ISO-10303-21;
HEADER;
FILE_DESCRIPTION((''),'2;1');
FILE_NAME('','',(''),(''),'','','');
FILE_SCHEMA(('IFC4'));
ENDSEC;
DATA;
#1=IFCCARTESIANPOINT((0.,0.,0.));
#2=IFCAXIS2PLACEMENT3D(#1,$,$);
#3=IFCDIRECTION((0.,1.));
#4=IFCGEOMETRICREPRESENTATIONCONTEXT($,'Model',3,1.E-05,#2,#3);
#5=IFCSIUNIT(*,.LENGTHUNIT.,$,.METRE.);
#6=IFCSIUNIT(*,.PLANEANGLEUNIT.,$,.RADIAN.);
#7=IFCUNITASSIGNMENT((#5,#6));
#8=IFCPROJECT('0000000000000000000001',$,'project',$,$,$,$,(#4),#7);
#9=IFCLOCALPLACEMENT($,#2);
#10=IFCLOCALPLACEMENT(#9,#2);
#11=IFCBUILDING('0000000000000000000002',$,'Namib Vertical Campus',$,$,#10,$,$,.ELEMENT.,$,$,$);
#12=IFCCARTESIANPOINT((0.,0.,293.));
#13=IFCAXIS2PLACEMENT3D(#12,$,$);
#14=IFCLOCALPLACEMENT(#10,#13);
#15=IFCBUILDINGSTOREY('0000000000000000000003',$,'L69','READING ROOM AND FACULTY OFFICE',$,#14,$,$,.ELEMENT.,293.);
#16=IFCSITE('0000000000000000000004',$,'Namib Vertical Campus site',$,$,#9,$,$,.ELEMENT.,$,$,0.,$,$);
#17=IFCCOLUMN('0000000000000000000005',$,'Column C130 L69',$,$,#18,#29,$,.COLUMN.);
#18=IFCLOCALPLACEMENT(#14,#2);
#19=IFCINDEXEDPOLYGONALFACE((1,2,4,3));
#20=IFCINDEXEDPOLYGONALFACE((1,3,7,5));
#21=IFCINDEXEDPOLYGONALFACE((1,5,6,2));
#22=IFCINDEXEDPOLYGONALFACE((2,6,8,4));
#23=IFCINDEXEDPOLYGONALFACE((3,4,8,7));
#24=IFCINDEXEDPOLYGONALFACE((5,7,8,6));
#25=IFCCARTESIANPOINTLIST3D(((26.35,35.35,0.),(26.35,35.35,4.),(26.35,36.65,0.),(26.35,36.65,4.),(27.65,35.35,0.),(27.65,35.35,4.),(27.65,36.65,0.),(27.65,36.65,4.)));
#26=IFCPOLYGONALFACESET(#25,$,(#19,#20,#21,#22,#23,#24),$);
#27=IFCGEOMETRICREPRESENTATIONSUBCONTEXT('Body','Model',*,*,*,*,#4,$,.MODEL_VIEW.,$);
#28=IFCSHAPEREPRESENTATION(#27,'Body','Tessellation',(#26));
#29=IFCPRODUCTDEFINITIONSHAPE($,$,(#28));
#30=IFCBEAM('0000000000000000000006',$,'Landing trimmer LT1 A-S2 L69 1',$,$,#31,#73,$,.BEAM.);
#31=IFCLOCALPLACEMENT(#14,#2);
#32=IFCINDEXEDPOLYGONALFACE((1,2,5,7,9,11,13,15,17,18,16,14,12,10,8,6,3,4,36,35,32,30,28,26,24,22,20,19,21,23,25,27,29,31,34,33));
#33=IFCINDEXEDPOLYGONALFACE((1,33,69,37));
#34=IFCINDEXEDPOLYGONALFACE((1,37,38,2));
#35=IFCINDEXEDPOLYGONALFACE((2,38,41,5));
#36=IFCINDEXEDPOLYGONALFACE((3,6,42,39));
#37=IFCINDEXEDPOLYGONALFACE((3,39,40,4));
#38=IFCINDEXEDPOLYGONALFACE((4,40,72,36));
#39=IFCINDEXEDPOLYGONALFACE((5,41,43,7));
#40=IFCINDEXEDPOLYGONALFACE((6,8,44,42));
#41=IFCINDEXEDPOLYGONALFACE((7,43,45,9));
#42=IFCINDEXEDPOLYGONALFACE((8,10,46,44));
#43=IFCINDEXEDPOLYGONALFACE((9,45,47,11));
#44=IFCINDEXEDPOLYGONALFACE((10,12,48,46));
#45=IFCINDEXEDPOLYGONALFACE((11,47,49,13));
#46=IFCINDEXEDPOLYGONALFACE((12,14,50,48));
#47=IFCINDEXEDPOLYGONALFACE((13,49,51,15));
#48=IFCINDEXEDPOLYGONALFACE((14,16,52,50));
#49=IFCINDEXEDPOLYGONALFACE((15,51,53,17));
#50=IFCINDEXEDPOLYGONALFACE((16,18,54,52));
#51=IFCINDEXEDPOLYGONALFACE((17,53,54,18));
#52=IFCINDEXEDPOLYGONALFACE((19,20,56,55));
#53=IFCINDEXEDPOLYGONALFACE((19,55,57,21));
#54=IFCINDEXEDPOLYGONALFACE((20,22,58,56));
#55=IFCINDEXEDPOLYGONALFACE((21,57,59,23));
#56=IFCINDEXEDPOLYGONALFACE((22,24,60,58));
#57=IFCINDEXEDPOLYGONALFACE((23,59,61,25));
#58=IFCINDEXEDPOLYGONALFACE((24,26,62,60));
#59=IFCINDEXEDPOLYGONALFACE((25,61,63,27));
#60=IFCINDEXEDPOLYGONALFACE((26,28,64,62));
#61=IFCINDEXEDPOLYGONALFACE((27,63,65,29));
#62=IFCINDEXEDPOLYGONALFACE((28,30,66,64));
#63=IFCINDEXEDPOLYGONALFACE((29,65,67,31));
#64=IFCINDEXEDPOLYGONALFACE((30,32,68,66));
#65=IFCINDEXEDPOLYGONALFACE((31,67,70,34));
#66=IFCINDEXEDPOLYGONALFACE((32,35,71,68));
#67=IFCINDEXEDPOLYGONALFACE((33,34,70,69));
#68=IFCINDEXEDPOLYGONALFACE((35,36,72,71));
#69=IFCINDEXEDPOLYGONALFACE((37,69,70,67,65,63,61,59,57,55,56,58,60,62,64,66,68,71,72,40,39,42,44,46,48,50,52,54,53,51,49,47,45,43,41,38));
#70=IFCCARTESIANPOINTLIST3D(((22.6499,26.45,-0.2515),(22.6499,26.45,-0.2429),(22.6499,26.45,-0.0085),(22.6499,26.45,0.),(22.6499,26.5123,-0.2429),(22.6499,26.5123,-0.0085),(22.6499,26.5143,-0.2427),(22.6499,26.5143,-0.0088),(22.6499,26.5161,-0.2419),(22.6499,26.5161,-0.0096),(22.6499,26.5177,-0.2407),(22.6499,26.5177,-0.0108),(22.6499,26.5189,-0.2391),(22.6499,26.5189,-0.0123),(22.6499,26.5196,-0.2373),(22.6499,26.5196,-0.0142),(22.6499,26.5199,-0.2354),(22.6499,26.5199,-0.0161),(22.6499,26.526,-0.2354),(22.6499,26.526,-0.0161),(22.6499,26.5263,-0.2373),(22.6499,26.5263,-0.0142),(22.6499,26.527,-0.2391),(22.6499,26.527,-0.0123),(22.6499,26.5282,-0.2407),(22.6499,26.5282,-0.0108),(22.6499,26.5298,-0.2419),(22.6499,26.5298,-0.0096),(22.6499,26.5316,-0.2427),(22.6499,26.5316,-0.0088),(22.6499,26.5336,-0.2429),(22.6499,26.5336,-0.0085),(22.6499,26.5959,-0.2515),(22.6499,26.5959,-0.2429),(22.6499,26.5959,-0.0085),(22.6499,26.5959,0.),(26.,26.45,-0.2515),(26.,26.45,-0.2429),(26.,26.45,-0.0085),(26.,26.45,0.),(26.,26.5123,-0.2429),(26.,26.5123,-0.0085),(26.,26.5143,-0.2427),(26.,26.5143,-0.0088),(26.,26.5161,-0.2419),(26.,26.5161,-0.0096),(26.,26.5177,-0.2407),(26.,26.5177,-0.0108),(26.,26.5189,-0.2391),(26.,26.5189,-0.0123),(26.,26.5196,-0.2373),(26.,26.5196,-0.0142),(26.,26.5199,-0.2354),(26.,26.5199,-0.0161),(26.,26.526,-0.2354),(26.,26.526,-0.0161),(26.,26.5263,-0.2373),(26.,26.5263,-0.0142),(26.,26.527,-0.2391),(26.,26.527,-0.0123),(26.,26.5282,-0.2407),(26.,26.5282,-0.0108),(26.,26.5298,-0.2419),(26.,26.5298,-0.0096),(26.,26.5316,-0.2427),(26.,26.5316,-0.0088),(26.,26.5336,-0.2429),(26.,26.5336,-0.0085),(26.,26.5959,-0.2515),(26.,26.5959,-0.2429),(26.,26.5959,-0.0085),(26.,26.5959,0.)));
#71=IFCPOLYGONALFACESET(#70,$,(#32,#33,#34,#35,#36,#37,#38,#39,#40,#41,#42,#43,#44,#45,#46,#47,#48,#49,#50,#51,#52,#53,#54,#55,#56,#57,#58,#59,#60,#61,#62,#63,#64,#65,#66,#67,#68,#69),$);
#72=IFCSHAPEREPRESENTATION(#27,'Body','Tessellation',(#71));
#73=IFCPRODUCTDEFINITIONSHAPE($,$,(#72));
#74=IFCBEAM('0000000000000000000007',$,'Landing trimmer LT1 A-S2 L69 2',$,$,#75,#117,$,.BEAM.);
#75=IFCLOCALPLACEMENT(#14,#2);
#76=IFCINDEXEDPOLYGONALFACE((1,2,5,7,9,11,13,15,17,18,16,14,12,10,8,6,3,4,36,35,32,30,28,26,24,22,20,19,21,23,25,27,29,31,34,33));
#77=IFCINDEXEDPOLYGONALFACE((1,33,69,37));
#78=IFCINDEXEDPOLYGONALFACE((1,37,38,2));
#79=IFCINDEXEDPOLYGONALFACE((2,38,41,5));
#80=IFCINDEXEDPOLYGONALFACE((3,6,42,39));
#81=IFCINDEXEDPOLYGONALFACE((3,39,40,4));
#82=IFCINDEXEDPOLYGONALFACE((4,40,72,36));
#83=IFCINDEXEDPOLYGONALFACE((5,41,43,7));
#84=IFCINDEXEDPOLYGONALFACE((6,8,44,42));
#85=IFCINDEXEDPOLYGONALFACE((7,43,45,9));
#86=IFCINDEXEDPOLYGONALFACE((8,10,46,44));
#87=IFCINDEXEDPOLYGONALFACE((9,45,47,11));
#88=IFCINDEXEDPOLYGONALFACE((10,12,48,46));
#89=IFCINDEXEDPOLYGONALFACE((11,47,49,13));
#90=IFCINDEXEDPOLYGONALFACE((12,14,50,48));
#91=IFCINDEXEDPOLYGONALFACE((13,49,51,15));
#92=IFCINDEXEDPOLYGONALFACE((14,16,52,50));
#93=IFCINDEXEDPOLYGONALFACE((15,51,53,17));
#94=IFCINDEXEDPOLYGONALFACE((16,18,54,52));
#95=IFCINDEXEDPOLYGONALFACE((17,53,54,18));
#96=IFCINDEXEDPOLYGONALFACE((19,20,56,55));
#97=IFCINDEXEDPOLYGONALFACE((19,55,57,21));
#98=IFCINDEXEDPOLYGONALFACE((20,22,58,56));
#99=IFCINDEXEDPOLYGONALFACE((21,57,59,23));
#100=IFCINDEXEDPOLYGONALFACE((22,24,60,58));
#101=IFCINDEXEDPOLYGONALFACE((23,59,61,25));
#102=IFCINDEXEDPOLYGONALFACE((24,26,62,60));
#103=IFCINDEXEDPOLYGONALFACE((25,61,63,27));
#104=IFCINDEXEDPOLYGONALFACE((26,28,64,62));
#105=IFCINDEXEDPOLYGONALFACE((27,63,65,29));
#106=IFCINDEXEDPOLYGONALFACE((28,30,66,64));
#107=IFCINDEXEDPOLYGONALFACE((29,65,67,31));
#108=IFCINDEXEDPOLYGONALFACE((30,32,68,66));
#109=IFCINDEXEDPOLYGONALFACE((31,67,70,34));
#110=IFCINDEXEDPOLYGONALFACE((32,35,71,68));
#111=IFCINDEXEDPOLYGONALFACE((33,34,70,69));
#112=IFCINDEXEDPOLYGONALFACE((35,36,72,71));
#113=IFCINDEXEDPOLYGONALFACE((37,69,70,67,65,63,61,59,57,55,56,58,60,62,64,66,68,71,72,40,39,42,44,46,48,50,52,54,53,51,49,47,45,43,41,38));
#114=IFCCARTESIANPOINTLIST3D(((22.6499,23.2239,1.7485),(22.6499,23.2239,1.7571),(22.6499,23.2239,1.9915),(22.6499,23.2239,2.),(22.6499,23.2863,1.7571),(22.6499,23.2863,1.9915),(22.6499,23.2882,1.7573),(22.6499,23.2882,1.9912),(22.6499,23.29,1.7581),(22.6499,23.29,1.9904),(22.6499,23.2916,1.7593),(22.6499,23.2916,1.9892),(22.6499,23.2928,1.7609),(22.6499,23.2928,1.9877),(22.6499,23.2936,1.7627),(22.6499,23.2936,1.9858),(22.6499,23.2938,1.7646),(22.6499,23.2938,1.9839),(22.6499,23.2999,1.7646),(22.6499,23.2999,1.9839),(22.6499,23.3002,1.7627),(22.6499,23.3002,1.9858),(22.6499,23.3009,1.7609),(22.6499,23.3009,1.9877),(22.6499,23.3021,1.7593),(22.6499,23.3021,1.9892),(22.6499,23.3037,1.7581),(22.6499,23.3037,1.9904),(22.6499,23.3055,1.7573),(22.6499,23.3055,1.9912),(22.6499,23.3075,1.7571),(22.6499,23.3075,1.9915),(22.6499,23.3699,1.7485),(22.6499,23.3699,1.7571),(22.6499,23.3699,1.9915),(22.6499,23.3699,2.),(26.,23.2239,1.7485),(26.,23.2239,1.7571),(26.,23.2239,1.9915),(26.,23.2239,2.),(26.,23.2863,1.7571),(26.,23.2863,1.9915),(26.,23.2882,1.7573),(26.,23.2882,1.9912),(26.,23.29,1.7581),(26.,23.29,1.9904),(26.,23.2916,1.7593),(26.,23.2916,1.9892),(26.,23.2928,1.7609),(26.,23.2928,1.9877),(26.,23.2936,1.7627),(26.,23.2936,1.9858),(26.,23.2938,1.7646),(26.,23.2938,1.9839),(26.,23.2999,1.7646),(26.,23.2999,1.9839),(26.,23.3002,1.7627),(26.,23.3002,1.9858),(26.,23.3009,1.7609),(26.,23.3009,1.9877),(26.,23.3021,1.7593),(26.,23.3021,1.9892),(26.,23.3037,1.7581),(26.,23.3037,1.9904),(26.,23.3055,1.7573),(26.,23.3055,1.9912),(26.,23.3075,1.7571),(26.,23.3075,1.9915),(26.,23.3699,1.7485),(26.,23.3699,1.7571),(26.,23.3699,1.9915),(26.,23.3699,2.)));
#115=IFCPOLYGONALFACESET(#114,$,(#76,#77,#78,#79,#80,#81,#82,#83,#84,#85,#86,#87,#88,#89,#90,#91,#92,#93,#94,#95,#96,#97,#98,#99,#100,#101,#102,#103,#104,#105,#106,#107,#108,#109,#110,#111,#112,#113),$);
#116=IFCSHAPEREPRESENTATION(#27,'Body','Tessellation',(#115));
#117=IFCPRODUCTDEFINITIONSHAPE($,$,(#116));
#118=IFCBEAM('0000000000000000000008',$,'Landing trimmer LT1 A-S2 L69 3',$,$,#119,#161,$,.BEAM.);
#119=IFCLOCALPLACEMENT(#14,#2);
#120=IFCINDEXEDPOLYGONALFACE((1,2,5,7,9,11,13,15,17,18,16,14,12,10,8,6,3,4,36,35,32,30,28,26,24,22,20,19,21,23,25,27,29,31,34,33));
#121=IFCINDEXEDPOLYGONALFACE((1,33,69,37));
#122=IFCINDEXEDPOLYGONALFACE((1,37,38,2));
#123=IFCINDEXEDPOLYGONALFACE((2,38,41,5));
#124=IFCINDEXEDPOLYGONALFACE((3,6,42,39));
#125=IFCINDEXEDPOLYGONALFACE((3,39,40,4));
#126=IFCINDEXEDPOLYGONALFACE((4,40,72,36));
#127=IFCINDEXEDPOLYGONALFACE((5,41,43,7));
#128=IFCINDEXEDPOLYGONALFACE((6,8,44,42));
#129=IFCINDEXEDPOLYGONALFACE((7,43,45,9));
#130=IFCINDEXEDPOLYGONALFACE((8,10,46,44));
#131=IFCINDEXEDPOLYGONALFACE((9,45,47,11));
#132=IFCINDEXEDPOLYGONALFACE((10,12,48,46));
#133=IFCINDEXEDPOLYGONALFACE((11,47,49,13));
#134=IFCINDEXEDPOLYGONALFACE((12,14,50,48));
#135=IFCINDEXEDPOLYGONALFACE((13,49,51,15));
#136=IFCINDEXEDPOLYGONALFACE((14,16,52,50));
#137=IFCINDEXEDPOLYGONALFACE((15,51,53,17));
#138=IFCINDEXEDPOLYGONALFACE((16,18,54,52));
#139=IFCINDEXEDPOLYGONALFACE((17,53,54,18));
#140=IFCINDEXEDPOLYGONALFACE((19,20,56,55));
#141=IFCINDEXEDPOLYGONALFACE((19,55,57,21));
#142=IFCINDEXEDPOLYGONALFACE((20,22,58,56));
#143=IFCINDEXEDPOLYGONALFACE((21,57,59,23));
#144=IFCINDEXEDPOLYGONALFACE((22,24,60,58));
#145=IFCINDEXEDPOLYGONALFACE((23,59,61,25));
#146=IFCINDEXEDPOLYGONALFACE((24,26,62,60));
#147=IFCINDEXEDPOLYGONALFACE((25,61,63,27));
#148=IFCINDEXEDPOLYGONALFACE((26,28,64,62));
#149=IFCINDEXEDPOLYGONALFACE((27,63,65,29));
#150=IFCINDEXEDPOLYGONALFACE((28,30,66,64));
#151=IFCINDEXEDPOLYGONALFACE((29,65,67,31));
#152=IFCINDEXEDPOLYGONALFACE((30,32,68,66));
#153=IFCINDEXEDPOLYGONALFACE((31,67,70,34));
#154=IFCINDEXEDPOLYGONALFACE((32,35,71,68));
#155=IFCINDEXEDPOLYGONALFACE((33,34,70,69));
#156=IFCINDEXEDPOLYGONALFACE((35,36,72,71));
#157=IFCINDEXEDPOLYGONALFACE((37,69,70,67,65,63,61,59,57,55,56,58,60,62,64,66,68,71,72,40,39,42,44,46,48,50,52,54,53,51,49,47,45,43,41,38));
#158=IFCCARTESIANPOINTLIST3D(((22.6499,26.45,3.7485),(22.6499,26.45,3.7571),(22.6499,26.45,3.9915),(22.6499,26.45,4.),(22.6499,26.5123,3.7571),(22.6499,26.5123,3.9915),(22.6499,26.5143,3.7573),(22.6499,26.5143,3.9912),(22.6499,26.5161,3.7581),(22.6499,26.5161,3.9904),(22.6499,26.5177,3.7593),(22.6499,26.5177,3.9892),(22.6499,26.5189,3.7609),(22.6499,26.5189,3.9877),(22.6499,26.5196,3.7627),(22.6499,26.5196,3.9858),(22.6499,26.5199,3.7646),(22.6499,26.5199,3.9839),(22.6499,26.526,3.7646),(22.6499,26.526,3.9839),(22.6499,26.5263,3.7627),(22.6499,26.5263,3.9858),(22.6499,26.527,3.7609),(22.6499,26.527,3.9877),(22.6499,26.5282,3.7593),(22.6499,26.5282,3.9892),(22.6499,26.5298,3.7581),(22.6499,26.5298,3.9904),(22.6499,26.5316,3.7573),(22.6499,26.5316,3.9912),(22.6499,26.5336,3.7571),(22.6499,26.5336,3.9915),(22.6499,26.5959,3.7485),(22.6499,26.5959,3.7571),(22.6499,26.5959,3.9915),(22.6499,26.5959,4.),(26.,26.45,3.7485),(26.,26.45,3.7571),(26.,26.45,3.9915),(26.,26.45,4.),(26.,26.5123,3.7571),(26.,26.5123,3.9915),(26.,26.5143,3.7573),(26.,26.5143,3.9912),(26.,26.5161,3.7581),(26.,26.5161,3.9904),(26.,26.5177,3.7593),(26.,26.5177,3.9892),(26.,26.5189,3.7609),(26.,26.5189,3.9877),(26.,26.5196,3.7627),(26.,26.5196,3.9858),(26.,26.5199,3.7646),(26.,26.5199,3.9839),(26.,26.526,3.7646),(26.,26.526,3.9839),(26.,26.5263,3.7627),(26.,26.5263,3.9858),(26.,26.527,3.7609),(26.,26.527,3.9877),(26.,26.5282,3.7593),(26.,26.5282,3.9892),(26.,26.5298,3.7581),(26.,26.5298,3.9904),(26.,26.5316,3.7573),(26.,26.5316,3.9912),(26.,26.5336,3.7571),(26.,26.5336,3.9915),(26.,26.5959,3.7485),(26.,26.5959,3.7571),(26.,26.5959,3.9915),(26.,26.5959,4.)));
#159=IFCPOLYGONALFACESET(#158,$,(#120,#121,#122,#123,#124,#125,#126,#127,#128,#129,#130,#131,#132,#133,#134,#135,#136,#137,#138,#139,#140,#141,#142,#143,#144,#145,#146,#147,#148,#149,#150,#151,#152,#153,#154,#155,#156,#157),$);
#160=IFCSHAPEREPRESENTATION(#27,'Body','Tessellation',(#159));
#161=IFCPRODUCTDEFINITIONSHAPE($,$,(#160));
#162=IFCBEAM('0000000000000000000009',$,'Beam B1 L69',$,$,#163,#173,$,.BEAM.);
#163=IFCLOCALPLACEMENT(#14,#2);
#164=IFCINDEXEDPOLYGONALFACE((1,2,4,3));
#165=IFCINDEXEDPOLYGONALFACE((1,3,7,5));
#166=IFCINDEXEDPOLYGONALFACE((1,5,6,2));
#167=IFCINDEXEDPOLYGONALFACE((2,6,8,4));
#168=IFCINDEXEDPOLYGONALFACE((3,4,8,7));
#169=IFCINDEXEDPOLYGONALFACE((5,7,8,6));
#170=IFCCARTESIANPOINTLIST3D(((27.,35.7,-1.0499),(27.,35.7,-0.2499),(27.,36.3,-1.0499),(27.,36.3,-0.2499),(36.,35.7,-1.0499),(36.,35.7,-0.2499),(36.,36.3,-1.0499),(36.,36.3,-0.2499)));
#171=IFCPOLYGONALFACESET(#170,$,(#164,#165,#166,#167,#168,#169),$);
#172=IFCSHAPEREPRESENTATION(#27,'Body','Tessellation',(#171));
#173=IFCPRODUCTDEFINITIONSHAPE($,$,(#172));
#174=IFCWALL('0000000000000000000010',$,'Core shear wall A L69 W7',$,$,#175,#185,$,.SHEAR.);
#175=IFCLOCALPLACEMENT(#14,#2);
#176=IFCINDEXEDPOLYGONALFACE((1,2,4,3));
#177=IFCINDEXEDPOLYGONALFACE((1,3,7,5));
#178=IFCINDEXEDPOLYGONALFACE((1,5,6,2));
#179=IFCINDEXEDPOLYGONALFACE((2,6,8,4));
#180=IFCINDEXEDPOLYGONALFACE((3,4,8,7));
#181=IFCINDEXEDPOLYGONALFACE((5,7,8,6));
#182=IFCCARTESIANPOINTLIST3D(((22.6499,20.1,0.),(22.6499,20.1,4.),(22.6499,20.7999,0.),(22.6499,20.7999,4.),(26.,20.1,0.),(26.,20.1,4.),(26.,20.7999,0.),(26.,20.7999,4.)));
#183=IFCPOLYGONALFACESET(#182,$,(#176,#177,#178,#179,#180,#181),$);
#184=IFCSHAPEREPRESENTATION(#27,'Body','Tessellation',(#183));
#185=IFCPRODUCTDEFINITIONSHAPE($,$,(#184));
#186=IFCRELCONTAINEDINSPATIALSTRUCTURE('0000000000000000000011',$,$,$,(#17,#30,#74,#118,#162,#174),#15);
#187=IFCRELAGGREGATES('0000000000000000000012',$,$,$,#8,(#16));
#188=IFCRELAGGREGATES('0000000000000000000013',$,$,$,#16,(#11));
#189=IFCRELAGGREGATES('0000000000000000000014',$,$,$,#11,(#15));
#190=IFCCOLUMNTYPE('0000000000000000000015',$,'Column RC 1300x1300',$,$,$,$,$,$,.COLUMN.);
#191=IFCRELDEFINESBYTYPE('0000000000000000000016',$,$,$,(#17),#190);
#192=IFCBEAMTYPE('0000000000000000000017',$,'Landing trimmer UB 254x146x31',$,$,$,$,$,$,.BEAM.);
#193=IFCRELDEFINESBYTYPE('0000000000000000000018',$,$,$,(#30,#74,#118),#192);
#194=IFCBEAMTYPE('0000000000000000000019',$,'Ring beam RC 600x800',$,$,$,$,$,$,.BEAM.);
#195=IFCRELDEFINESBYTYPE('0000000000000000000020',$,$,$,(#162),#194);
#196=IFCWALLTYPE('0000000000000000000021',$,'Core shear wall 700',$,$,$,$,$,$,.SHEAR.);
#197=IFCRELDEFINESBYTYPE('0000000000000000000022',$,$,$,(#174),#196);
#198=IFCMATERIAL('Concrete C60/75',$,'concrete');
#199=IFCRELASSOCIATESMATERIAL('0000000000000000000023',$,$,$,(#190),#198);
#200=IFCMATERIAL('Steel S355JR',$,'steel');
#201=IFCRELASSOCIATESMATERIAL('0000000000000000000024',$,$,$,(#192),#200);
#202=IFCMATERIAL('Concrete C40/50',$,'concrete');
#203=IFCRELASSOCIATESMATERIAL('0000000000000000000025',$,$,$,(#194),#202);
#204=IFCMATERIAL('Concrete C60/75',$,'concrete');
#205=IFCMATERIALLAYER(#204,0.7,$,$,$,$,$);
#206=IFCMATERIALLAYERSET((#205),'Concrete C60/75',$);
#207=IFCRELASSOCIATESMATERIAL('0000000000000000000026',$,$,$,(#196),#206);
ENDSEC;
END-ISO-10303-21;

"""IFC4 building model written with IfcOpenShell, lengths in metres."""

from ifc_helpers import new_model, si_unit, direction, frame, frame_2d, origin, origin_2d, place, context, subcontext, project, spatial, rectangle, i_section, extrude, material, layer, layer_set, material_profile, profile_set, type_object, element, save


model = new_model("IFC4")

# Units and contexts
model_context = context("Model", 3, precision=1e-05, world=origin(), true_north=direction((0.0, 1.0)))
body_context = subcontext(model_context, "Body", "Model", "MODEL_VIEW")
ifc_project = project(units=[si_unit("LENGTHUNIT", "METRE"), si_unit("PLANEANGLEUNIT", "RADIAN")], contexts=[model_context])

# Site, building, storey
site_placement = place(None, origin())
site = spatial("IfcSite", under=ifc_project, at=site_placement, Name="Namib Vertical Campus site", CompositionType="ELEMENT", RefElevation=0.0)
building_placement = place(site_placement, origin())
building = spatial("IfcBuilding", under=site, at=building_placement, Name="Namib Vertical Campus", CompositionType="ELEMENT")
storey_placement = place(building_placement, frame((0.0, 0.0, 293.0)))
storey = spatial("IfcBuildingStorey", under=building, at=storey_placement, Name="L69", Description="READING ROOM AND FACULTY OFFICE", CompositionType="ELEMENT", Elevation=293.0)

# Column
ifc_material_1 = material(Name="Concrete C60/75", Category="concrete")
ifc_material_profile_1 = material_profile(ifc_material_1, rectangle(XDim=1.3, YDim=1.3, at=origin_2d()))
ifc_profile_set_1 = profile_set([ifc_material_profile_1], Name="Concrete C60/75")
column_type = type_object("IfcColumnType", Name="Column RC 1300x1300", PredefinedType="COLUMN", material=ifc_profile_set_1)
column_placement = place(storey_placement, frame((27.0, 36.0, 0.0), z_axis=(0.0, 0.0, 1.0), x_axis=(1.0, 0.0, 0.0)))
element("IfcColumn", 1, at=column_placement, inside=storey, type_object=column_type, Name="Column C130 L69", PredefinedType="COLUMN", context=body_context, shape_type="SweptSolid", body=[
    extrude(rectangle(XDim=1.3, YDim=1.3, at=origin_2d()), origin(), (0.0, 0.0, 1.0), 4.0),
])

# Beams
ifc_material_2 = material(Name="Steel S355JR", Category="steel")
ifc_material_profile_2 = material_profile(ifc_material_2, i_section(OverallWidth=0.146, OverallDepth=0.2515, WebThickness=0.0061, FlangeThickness=0.0085, FilletRadius=0.0076, at=origin_2d()))
ifc_profile_set_2 = profile_set([ifc_material_profile_2], Name="Steel S355JR")
beam_type_1 = type_object("IfcBeamType", Name="Landing trimmer UB 254x146x31", PredefinedType="BEAM", material=ifc_profile_set_2)
for number, where, z_axis, x_axis, name in (
    (2, (22.6499, 26.5229, -0.1257), (1.0, 0.0, 0.0), (0.0, 1.0, 0.0), "Landing trimmer LT1 A-S2 L69 1"),
    (3, (22.6499, 23.2969, 1.8743), (1.0, 0.0, 0.0), (0.0, 1.0, 0.0), "Landing trimmer LT1 A-S2 L69 2"),
    (4, (22.6499, 26.5229, 3.8743), (1.0, 0.0, 0.0), (0.0, 1.0, 0.0), "Landing trimmer LT1 A-S2 L69 3"),
):
    element("IfcBeam", number, at=place(storey_placement, frame(where, z_axis=z_axis, x_axis=x_axis)), inside=storey, type_object=beam_type_1, Name=name, PredefinedType="BEAM", context=body_context, shape_type="SweptSolid", body=[
        extrude(i_section(OverallWidth=0.146, OverallDepth=0.2515, WebThickness=0.0061, FlangeThickness=0.0085, FilletRadius=0.0076, at=origin_2d()), origin(), (0.0, 0.0, 1.0), 3.3501),
    ])
ifc_material_3 = material(Name="Concrete C40/50", Category="concrete")
ifc_material_profile_3 = material_profile(ifc_material_3, rectangle(XDim=0.6001, YDim=0.8, at=origin_2d()))
ifc_profile_set_3 = profile_set([ifc_material_profile_3], Name="Concrete C40/50")
beam_type_2 = type_object("IfcBeamType", Name="Ring beam RC 600x800", PredefinedType="BEAM", material=ifc_profile_set_3)
beam_placement = place(storey_placement, frame((27.0, 36.0, -0.6499), z_axis=(1.0, 0.0, 0.0), x_axis=(0.0, 1.0, 0.0)))
element("IfcBeam", 5, at=beam_placement, inside=storey, type_object=beam_type_2, Name="Beam B1 L69", PredefinedType="BEAM", context=body_context, shape_type="SweptSolid", body=[
    extrude(rectangle(XDim=0.6001, YDim=0.8, at=origin_2d()), origin(), (0.0, 0.0, 1.0), 9.0),
])

# Wall
ifc_material_4 = material(Name="Concrete C60/75", Category="concrete")
ifc_layer_1 = layer(ifc_material_4, 0.7)
ifc_layer_set_1 = layer_set([ifc_layer_1], Name="Concrete C60/75")
wall_type_1 = type_object("IfcWallType", Name="Core shear wall 700", PredefinedType="SHEAR", material=ifc_layer_set_1)
wall_1_placement = place(storey_placement, frame((22.6499, 20.45, 0.0), z_axis=(0.0, 0.0, 1.0), x_axis=(1.0, 0.0, 0.0)))
element("IfcWall", 6, at=wall_1_placement, inside=storey, type_object=wall_type_1, Name="Core shear wall A L69 W7", PredefinedType="SHEAR", context=body_context, shape_type="SweptSolid", body=[
    extrude(rectangle(XDim=3.3501, YDim=0.7, at=frame_2d((1.675, 0.0))), origin(), (0.0, 0.0, 1.0), 4.0),
])

save(model, "model.ifc")
